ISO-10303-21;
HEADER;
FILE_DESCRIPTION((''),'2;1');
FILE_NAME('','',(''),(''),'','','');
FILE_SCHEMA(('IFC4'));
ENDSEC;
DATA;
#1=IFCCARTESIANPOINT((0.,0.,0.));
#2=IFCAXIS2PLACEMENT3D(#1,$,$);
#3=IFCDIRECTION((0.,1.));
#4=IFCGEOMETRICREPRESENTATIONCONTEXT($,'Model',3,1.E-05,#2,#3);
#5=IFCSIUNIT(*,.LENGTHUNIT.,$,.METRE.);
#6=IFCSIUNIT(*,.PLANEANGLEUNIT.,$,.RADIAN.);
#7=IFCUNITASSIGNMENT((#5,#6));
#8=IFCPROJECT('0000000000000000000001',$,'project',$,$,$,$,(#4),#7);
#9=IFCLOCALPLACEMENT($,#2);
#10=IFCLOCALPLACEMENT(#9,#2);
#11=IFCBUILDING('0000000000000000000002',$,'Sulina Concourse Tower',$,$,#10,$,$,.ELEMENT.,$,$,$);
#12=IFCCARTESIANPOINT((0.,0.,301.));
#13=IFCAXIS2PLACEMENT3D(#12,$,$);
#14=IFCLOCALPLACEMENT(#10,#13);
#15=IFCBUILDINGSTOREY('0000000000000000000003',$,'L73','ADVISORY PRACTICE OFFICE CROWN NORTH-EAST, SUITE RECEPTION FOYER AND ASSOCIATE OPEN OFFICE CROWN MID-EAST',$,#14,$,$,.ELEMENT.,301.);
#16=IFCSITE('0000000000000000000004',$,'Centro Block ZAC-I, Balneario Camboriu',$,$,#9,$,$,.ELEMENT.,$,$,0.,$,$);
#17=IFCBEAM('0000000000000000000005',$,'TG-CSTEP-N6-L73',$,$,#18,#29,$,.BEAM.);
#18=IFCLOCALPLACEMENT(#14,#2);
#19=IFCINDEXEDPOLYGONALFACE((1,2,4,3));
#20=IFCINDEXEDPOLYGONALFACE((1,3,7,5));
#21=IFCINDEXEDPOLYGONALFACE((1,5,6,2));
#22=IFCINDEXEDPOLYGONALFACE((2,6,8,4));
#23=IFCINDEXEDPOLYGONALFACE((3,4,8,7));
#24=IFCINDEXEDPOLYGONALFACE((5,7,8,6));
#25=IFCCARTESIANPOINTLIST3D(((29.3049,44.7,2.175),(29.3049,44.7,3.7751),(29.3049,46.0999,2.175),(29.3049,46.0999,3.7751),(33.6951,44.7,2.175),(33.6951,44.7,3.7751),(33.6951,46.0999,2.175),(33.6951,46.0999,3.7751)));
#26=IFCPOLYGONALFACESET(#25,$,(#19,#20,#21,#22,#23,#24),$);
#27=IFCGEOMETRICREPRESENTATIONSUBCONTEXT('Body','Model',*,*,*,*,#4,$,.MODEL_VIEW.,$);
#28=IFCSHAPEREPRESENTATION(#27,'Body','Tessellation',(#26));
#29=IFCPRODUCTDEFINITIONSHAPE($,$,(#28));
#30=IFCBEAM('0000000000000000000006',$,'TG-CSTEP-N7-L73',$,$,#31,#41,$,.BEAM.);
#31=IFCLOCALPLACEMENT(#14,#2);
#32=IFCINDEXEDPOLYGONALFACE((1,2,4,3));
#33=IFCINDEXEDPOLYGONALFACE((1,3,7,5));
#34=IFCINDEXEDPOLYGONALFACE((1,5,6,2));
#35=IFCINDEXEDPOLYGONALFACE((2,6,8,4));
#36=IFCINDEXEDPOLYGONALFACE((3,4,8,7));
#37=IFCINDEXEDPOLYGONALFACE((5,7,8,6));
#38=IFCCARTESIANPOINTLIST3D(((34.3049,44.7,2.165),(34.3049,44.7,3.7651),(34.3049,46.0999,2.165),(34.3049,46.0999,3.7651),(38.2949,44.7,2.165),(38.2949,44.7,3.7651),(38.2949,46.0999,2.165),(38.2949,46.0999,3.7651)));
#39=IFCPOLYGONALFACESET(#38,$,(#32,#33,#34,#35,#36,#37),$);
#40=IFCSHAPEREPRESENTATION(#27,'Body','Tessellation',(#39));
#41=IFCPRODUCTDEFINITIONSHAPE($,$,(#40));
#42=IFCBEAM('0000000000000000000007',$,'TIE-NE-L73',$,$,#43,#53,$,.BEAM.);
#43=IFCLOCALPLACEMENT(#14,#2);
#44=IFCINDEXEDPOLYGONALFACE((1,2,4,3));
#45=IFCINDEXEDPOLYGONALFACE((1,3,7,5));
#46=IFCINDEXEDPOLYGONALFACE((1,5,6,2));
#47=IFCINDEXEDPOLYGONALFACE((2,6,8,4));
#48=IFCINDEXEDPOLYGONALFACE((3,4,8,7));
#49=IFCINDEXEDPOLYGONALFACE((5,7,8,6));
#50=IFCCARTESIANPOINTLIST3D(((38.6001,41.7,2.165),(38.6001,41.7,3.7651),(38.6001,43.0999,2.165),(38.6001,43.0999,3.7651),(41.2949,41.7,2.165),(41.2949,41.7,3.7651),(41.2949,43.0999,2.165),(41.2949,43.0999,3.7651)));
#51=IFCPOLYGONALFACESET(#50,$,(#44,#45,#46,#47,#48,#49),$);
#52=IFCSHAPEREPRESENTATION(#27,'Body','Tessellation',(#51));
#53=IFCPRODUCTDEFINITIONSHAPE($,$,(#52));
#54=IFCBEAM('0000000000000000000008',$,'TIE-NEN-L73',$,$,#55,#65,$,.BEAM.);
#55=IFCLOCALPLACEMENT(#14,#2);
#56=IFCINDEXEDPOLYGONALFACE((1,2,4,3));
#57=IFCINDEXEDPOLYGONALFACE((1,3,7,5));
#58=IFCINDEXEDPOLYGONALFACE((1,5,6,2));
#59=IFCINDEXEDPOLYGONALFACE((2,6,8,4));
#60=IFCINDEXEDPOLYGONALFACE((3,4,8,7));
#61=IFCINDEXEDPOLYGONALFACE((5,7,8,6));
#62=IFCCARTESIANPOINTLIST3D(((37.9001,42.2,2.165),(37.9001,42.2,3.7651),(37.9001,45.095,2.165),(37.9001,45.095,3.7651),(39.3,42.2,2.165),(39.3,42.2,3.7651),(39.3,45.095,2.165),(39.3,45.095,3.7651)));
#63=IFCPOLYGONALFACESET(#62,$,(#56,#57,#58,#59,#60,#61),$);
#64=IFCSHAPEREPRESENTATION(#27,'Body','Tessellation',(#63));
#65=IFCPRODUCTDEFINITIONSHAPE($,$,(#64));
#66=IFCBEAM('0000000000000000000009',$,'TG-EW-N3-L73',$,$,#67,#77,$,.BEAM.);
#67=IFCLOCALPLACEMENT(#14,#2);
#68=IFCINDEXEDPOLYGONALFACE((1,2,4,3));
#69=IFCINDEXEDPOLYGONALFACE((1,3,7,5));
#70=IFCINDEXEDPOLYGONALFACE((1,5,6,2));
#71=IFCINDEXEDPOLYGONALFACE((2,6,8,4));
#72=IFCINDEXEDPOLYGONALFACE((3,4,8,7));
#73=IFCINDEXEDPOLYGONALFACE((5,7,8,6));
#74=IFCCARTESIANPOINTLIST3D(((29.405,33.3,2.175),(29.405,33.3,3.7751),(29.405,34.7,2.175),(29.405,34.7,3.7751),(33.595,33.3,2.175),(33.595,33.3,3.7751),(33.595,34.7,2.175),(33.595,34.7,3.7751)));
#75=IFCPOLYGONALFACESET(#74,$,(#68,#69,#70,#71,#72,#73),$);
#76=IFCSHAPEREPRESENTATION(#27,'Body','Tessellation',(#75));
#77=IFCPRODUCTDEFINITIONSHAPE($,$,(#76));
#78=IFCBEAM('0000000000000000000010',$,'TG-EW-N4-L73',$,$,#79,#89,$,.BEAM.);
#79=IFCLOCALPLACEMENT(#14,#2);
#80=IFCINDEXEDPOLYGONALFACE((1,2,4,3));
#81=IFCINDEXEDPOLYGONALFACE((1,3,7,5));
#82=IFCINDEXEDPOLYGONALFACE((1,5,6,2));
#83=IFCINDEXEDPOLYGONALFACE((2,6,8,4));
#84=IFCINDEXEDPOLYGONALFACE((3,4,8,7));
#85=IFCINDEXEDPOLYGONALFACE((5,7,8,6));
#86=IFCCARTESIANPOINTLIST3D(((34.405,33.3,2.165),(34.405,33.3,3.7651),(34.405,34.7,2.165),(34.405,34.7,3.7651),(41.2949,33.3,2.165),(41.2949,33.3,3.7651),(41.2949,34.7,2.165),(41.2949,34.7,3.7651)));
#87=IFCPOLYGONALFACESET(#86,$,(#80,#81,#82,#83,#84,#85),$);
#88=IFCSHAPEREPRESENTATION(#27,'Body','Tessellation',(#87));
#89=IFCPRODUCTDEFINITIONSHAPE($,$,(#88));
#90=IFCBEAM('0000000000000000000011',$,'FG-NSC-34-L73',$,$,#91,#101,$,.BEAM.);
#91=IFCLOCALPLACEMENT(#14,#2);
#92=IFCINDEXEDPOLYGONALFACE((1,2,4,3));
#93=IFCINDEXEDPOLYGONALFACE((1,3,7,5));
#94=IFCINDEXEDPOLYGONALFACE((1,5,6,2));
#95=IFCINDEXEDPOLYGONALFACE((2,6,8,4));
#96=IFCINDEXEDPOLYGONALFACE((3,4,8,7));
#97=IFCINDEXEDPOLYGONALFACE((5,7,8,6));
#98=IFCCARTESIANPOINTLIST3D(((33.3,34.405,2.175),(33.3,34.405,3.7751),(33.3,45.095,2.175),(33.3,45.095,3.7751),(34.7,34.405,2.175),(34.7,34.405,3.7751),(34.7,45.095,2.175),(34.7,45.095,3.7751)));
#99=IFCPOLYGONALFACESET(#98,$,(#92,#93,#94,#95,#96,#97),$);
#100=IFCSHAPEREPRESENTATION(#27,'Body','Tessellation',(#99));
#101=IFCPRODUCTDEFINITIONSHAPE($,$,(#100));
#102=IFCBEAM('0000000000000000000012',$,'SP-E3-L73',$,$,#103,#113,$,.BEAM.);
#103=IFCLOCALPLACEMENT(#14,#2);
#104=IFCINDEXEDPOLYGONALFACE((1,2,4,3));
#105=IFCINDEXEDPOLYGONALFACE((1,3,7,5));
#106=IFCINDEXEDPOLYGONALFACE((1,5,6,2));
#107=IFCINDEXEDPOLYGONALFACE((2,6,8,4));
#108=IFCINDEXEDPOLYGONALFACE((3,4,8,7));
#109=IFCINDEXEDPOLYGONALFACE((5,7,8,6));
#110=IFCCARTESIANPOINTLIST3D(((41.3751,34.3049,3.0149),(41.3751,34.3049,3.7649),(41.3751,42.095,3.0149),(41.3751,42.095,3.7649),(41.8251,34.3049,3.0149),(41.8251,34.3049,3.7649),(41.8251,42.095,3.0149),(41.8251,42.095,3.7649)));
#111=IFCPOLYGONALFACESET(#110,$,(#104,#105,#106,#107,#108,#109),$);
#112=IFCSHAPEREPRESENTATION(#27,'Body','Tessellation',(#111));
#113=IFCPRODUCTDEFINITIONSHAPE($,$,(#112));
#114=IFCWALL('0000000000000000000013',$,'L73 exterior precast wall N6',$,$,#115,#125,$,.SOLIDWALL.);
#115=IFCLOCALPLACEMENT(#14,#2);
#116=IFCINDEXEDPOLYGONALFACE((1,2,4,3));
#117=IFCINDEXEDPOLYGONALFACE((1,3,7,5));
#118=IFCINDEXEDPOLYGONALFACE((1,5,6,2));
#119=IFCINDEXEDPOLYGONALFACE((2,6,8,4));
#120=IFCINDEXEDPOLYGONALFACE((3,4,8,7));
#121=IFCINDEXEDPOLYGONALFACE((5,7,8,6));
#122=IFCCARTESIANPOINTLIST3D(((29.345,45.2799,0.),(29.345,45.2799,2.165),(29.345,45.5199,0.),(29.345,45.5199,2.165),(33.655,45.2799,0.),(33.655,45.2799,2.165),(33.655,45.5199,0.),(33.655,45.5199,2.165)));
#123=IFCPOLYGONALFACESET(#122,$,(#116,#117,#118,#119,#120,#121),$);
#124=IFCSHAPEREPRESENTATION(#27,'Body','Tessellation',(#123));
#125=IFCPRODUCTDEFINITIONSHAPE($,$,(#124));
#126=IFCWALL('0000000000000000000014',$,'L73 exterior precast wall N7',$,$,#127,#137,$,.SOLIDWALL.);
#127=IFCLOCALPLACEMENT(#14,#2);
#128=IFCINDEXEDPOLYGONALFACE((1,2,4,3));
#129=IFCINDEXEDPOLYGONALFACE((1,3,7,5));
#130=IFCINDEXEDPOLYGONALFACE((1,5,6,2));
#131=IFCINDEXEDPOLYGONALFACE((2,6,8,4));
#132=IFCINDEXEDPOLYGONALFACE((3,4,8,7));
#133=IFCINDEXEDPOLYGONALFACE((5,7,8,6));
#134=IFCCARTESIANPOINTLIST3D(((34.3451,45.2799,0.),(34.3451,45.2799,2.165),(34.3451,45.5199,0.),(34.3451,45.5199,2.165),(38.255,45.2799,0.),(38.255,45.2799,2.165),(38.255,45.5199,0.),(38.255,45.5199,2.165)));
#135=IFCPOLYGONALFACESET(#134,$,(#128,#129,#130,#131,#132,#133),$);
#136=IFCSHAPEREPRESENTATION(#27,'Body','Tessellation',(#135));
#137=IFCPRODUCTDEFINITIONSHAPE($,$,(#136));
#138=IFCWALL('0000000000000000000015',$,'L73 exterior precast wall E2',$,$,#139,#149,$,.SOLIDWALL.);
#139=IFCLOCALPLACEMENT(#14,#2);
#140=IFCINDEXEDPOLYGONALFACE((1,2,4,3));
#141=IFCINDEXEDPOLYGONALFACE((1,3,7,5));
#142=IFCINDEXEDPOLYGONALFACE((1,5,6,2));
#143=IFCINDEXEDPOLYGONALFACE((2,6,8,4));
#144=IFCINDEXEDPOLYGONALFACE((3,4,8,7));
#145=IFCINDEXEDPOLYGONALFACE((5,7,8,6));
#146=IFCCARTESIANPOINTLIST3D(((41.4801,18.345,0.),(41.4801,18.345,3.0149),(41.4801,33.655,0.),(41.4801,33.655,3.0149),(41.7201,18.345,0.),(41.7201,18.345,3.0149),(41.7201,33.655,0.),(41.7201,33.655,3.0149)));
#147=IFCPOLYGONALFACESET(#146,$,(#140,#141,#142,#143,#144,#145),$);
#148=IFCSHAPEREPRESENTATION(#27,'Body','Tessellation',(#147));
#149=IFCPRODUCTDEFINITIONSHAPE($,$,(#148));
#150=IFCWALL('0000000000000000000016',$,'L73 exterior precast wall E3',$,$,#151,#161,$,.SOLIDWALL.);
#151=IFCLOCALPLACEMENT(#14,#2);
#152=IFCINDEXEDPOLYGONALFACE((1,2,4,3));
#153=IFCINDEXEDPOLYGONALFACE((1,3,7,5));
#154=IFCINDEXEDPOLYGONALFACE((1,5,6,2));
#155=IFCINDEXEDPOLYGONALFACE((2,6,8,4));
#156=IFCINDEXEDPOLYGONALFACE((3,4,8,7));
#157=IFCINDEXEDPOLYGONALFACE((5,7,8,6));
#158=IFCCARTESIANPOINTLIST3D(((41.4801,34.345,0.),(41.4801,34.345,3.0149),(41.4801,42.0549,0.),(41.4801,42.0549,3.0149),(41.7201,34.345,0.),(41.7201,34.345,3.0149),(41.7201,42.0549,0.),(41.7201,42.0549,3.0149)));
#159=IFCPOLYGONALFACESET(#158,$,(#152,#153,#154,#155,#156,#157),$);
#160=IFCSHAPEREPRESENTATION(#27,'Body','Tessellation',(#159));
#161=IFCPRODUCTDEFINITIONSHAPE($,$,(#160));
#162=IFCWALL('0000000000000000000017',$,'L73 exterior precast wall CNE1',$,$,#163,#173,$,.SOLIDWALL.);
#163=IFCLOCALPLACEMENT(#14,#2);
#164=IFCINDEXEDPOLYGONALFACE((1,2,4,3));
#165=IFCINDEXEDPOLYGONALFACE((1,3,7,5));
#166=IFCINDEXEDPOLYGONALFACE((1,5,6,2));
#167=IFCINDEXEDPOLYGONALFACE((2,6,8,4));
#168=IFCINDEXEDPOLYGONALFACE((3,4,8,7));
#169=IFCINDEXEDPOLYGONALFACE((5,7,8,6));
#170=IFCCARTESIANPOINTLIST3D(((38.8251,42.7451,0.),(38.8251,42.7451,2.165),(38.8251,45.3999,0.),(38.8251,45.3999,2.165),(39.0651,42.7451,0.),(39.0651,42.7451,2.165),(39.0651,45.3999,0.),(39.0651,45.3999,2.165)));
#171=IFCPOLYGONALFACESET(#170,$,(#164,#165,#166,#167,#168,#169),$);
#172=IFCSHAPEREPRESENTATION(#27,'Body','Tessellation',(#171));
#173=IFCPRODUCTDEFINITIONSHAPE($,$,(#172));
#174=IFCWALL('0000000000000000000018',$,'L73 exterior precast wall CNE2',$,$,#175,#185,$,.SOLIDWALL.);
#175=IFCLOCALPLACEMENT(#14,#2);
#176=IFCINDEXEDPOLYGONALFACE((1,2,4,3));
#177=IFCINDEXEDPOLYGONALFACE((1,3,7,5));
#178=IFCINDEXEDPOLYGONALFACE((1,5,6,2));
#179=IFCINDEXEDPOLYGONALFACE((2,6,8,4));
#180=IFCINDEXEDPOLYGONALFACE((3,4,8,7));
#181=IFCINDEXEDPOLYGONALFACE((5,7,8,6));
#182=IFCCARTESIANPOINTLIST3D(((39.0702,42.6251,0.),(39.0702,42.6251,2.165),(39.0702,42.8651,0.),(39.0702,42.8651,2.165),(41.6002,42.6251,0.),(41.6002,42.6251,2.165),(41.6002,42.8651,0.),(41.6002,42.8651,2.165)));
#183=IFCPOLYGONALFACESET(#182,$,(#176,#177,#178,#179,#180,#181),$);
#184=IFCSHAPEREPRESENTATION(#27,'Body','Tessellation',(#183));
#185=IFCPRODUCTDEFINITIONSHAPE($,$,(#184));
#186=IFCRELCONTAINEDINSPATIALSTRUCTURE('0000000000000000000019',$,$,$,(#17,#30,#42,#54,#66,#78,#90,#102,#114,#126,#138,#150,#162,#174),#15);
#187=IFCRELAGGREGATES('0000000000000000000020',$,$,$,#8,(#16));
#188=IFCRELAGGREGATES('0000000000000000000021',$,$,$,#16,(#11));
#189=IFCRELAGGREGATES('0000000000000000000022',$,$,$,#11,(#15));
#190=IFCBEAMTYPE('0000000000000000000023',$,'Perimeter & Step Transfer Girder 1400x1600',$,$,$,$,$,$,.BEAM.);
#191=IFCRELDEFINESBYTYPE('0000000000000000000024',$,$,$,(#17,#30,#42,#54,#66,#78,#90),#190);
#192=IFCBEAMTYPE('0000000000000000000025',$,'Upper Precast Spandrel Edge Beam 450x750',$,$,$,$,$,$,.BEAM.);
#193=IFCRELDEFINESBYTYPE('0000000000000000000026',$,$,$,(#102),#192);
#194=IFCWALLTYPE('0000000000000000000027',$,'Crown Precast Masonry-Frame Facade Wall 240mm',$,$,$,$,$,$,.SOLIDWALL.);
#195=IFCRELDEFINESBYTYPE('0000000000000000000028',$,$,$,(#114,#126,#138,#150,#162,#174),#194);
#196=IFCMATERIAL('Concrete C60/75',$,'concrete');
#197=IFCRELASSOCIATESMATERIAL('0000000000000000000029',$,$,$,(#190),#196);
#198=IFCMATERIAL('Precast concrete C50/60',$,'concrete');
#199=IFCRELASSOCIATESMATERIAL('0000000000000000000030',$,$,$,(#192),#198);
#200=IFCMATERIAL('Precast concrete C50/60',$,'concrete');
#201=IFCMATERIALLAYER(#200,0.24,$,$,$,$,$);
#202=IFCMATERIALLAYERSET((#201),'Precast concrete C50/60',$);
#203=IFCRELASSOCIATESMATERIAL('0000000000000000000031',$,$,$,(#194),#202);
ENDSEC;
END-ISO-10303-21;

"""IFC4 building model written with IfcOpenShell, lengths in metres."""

from ifc_helpers import new_model, si_unit, direction, frame, frame_2d, origin, origin_2d, place, context, subcontext, project, spatial, rectangle, extrude, material, layer, layer_set, material_profile, profile_set, type_object, element, save


model = new_model("IFC4")

# Units and contexts
model_context = context("Model", 3, precision=1e-05, world=origin(), true_north=direction((0.0, 1.0)))
body_context = subcontext(model_context, "Body", "Model", "MODEL_VIEW")
ifc_project = project(units=[si_unit("LENGTHUNIT", "METRE"), si_unit("PLANEANGLEUNIT", "RADIAN")], contexts=[model_context])

# Site, building, storey
site_placement = place(None, origin())
site = spatial("IfcSite", under=ifc_project, at=site_placement, Name="Centro Block ZAC-I, Balneario Camboriu", CompositionType="ELEMENT", RefElevation=0.0)
building_placement = place(site_placement, origin())
building = spatial("IfcBuilding", under=site, at=building_placement, Name="Sulina Concourse Tower", CompositionType="ELEMENT")
storey_placement = place(building_placement, frame((0.0, 0.0, 301.0)))
storey = spatial("IfcBuildingStorey", under=building, at=storey_placement, Name="L73", Description="ADVISORY PRACTICE OFFICE CROWN NORTH-EAST, SUITE RECEPTION FOYER AND ASSOCIATE OPEN OFFICE CROWN MID-EAST", CompositionType="ELEMENT", Elevation=301.0)

# Beams
ifc_material_1 = material(Name="Concrete C60/75", Category="concrete")
ifc_material_profile_1 = material_profile(ifc_material_1, rectangle(XDim=1.3999, YDim=1.6001, at=origin_2d()), Name="RC 1400x1600")
ifc_profile_set_1 = profile_set([ifc_material_profile_1], Name="Concrete C60/75")
beam_type_1 = type_object("IfcBeamType", Name="Perimeter & Step Transfer Girder 1400x1600", PredefinedType="BEAM", material=ifc_profile_set_1)
beam_1_placement = place(storey_placement, frame((29.3049, 45.3999, 2.9751), z_axis=(1.0, 0.0, 0.0), x_axis=(0.0, 1.0, 0.0)))
element("IfcBeam", 1, at=beam_1_placement, inside=storey, type_object=beam_type_1, Name="TG-CSTEP-N6-L73", PredefinedType="BEAM", context=body_context, shape_type="SweptSolid", body=[
    extrude(rectangle(XDim=1.3999, YDim=1.6001, at=origin_2d()), origin(), (0.0, 0.0, 1.0), 4.3901),
])
beam_2_placement = place(storey_placement, frame((34.3049, 45.3999, 2.9651), z_axis=(1.0, 0.0, 0.0), x_axis=(0.0, 1.0, 0.0)))
element("IfcBeam", 2, at=beam_2_placement, inside=storey, type_object=beam_type_1, Name="TG-CSTEP-N7-L73", PredefinedType="BEAM", context=body_context, shape_type="SweptSolid", body=[
    extrude(rectangle(XDim=1.3999, YDim=1.6001, at=origin_2d()), origin(), (0.0, 0.0, 1.0), 3.99),
])
beam_3_placement = place(storey_placement, frame((38.6001, 42.3999, 2.9651), z_axis=(1.0, 0.0, 0.0), x_axis=(0.0, 1.0, 0.0)))
element("IfcBeam", 3, at=beam_3_placement, inside=storey, type_object=beam_type_1, Name="TIE-NE-L73", PredefinedType="BEAM", context=body_context, shape_type="SweptSolid", body=[
    extrude(rectangle(XDim=1.3999, YDim=1.6001, at=origin_2d()), origin(), (0.0, 0.0, 1.0), 2.6948),
])
beam_4_placement = place(storey_placement, frame((38.6001, 42.2, 2.9651), z_axis=(0.0, 1.0, 0.0), x_axis=(-1.0, 0.0, 0.0)))
element("IfcBeam", 4, at=beam_4_placement, inside=storey, type_object=beam_type_1, Name="TIE-NEN-L73", PredefinedType="BEAM", context=body_context, shape_type="SweptSolid", body=[
    extrude(rectangle(XDim=1.3999, YDim=1.6001, at=origin_2d()), origin(), (0.0, 0.0, 1.0), 2.895),
])
beam_5_placement = place(storey_placement, frame((29.405, 34.0, 2.9751), z_axis=(1.0, 0.0, 0.0), x_axis=(0.0, 1.0, 0.0)))
element("IfcBeam", 5, at=beam_5_placement, inside=storey, type_object=beam_type_1, Name="TG-EW-N3-L73", PredefinedType="BEAM", context=body_context, shape_type="SweptSolid", body=[
    extrude(rectangle(XDim=1.3999, YDim=1.6001, at=origin_2d()), origin(), (0.0, 0.0, 1.0), 4.1899),
])
beam_6_placement = place(storey_placement, frame((34.405, 34.0, 2.9651), z_axis=(1.0, 0.0, 0.0), x_axis=(0.0, 1.0, 0.0)))
element("IfcBeam", 6, at=beam_6_placement, inside=storey, type_object=beam_type_1, Name="TG-EW-N4-L73", PredefinedType="BEAM", context=body_context, shape_type="SweptSolid", body=[
    extrude(rectangle(XDim=1.3999, YDim=1.6001, at=origin_2d()), origin(), (0.0, 0.0, 1.0), 6.8899),
])
beam_7_placement = place(storey_placement, frame((34.0, 34.405, 2.9751), z_axis=(0.0, 1.0, 0.0), x_axis=(-1.0, 0.0, 0.0)))
element("IfcBeam", 7, at=beam_7_placement, inside=storey, type_object=beam_type_1, Name="FG-NSC-34-L73", PredefinedType="BEAM", context=body_context, shape_type="SweptSolid", body=[
    extrude(rectangle(XDim=1.3999, YDim=1.6001, at=origin_2d()), origin(), (0.0, 0.0, 1.0), 10.6899),
])
ifc_material_2 = material(Name="Precast concrete C50/60", Category="concrete")
ifc_material_profile_2 = material_profile(ifc_material_2, rectangle(XDim=0.45, YDim=0.75, at=origin_2d()), Name="RC 450x750")
ifc_profile_set_2 = profile_set([ifc_material_profile_2], Name="Precast concrete C50/60")
beam_type_2 = type_object("IfcBeamType", Name="Upper Precast Spandrel Edge Beam 450x750", PredefinedType="BEAM", material=ifc_profile_set_2)
beam_8_placement = place(storey_placement, frame((41.6001, 34.3049, 3.3899), z_axis=(0.0, 1.0, 0.0), x_axis=(-1.0, 0.0, 0.0)))
element("IfcBeam", 8, at=beam_8_placement, inside=storey, type_object=beam_type_2, Name="SP-E3-L73", PredefinedType="BEAM", context=body_context, shape_type="SweptSolid", body=[
    extrude(rectangle(XDim=0.45, YDim=0.75, at=origin_2d()), origin(), (0.0, 0.0, 1.0), 7.79),
])

# Walls
ifc_material_3 = material(Name="Precast concrete C50/60", Category="concrete")
ifc_layer = layer(ifc_material_3, 0.24)
ifc_layer_set = layer_set([ifc_layer], Name="Precast concrete C50/60")
wall_type = type_object("IfcWallType", Name="Crown Precast Masonry-Frame Facade Wall 240mm", PredefinedType="SOLIDWALL", material=ifc_layer_set)
wall_1_placement = place(storey_placement, frame((29.345, 45.3999, 0.0), z_axis=(0.0, 0.0, 1.0), x_axis=(1.0, 0.0, 0.0)))
element("IfcWall", 9, at=wall_1_placement, inside=storey, type_object=wall_type, Name="L73 exterior precast wall N6", PredefinedType="SOLIDWALL", context=body_context, shape_type="SweptSolid", body=[
    extrude(rectangle(XDim=4.3101, YDim=0.24, at=frame_2d((2.155, 0.0))), origin(), (0.0, 0.0, 1.0), 2.165),
])
wall_2_placement = place(storey_placement, frame((34.345, 45.3999, 0.0), z_axis=(0.0, 0.0, 1.0), x_axis=(1.0, 0.0, 0.0)))
element("IfcWall", 10, at=wall_2_placement, inside=storey, type_object=wall_type, Name="L73 exterior precast wall N7", PredefinedType="SOLIDWALL", context=body_context, shape_type="SweptSolid", body=[
    extrude(rectangle(XDim=3.9099, YDim=0.24, at=frame_2d((1.9551, 0.0))), origin(), (0.0, 0.0, 1.0), 2.165),
])
wall_3_placement = place(storey_placement, frame((41.6001, 33.655, 0.0), z_axis=(0.0, 0.0, 1.0), x_axis=(0.0, -1.0, 0.0)))
element("IfcWall", 11, at=wall_3_placement, inside=storey, type_object=wall_type, Name="L73 exterior precast wall E2", PredefinedType="SOLIDWALL", context=body_context, shape_type="SweptSolid", body=[
    extrude(rectangle(XDim=15.3101, YDim=0.24, at=frame_2d((7.655, 0.0))), origin(), (0.0, 0.0, 1.0), 3.0149),
])
wall_4_placement = place(storey_placement, frame((41.6001, 42.0549, 0.0), z_axis=(0.0, 0.0, 1.0), x_axis=(0.0, -1.0, 0.0)))
element("IfcWall", 12, at=wall_4_placement, inside=storey, type_object=wall_type, Name="L73 exterior precast wall E3", PredefinedType="SOLIDWALL", context=body_context, shape_type="SweptSolid", body=[
    extrude(rectangle(XDim=7.71, YDim=0.24, at=frame_2d((3.855, 0.0))), origin(), (0.0, 0.0, 1.0), 3.0149),
])
wall_5_placement = place(storey_placement, frame((38.9451, 45.3999, 0.0), z_axis=(0.0, 0.0, 1.0), x_axis=(0.0, -1.0, 0.0)))
element("IfcWall", 13, at=wall_5_placement, inside=storey, type_object=wall_type, Name="L73 exterior precast wall CNE1", PredefinedType="SOLIDWALL", context=body_context, shape_type="SweptSolid", body=[
    extrude(rectangle(XDim=2.6548, YDim=0.24, at=frame_2d((1.3274, 0.0))), origin(), (0.0, 0.0, 1.0), 2.165),
])
wall_6_placement = place(storey_placement, frame((39.0701, 42.7451, 0.0), z_axis=(0.0, 0.0, 1.0), x_axis=(1.0, 0.0, 0.0)))
element("IfcWall", 14, at=wall_6_placement, inside=storey, type_object=wall_type, Name="L73 exterior precast wall CNE2", PredefinedType="SOLIDWALL", context=body_context, shape_type="SweptSolid", body=[
    extrude(rectangle(XDim=2.53, YDim=0.24, at=frame_2d((1.2651, 0.0))), origin(), (0.0, 0.0, 1.0), 2.165),
])

save(model, "model.ifc")
